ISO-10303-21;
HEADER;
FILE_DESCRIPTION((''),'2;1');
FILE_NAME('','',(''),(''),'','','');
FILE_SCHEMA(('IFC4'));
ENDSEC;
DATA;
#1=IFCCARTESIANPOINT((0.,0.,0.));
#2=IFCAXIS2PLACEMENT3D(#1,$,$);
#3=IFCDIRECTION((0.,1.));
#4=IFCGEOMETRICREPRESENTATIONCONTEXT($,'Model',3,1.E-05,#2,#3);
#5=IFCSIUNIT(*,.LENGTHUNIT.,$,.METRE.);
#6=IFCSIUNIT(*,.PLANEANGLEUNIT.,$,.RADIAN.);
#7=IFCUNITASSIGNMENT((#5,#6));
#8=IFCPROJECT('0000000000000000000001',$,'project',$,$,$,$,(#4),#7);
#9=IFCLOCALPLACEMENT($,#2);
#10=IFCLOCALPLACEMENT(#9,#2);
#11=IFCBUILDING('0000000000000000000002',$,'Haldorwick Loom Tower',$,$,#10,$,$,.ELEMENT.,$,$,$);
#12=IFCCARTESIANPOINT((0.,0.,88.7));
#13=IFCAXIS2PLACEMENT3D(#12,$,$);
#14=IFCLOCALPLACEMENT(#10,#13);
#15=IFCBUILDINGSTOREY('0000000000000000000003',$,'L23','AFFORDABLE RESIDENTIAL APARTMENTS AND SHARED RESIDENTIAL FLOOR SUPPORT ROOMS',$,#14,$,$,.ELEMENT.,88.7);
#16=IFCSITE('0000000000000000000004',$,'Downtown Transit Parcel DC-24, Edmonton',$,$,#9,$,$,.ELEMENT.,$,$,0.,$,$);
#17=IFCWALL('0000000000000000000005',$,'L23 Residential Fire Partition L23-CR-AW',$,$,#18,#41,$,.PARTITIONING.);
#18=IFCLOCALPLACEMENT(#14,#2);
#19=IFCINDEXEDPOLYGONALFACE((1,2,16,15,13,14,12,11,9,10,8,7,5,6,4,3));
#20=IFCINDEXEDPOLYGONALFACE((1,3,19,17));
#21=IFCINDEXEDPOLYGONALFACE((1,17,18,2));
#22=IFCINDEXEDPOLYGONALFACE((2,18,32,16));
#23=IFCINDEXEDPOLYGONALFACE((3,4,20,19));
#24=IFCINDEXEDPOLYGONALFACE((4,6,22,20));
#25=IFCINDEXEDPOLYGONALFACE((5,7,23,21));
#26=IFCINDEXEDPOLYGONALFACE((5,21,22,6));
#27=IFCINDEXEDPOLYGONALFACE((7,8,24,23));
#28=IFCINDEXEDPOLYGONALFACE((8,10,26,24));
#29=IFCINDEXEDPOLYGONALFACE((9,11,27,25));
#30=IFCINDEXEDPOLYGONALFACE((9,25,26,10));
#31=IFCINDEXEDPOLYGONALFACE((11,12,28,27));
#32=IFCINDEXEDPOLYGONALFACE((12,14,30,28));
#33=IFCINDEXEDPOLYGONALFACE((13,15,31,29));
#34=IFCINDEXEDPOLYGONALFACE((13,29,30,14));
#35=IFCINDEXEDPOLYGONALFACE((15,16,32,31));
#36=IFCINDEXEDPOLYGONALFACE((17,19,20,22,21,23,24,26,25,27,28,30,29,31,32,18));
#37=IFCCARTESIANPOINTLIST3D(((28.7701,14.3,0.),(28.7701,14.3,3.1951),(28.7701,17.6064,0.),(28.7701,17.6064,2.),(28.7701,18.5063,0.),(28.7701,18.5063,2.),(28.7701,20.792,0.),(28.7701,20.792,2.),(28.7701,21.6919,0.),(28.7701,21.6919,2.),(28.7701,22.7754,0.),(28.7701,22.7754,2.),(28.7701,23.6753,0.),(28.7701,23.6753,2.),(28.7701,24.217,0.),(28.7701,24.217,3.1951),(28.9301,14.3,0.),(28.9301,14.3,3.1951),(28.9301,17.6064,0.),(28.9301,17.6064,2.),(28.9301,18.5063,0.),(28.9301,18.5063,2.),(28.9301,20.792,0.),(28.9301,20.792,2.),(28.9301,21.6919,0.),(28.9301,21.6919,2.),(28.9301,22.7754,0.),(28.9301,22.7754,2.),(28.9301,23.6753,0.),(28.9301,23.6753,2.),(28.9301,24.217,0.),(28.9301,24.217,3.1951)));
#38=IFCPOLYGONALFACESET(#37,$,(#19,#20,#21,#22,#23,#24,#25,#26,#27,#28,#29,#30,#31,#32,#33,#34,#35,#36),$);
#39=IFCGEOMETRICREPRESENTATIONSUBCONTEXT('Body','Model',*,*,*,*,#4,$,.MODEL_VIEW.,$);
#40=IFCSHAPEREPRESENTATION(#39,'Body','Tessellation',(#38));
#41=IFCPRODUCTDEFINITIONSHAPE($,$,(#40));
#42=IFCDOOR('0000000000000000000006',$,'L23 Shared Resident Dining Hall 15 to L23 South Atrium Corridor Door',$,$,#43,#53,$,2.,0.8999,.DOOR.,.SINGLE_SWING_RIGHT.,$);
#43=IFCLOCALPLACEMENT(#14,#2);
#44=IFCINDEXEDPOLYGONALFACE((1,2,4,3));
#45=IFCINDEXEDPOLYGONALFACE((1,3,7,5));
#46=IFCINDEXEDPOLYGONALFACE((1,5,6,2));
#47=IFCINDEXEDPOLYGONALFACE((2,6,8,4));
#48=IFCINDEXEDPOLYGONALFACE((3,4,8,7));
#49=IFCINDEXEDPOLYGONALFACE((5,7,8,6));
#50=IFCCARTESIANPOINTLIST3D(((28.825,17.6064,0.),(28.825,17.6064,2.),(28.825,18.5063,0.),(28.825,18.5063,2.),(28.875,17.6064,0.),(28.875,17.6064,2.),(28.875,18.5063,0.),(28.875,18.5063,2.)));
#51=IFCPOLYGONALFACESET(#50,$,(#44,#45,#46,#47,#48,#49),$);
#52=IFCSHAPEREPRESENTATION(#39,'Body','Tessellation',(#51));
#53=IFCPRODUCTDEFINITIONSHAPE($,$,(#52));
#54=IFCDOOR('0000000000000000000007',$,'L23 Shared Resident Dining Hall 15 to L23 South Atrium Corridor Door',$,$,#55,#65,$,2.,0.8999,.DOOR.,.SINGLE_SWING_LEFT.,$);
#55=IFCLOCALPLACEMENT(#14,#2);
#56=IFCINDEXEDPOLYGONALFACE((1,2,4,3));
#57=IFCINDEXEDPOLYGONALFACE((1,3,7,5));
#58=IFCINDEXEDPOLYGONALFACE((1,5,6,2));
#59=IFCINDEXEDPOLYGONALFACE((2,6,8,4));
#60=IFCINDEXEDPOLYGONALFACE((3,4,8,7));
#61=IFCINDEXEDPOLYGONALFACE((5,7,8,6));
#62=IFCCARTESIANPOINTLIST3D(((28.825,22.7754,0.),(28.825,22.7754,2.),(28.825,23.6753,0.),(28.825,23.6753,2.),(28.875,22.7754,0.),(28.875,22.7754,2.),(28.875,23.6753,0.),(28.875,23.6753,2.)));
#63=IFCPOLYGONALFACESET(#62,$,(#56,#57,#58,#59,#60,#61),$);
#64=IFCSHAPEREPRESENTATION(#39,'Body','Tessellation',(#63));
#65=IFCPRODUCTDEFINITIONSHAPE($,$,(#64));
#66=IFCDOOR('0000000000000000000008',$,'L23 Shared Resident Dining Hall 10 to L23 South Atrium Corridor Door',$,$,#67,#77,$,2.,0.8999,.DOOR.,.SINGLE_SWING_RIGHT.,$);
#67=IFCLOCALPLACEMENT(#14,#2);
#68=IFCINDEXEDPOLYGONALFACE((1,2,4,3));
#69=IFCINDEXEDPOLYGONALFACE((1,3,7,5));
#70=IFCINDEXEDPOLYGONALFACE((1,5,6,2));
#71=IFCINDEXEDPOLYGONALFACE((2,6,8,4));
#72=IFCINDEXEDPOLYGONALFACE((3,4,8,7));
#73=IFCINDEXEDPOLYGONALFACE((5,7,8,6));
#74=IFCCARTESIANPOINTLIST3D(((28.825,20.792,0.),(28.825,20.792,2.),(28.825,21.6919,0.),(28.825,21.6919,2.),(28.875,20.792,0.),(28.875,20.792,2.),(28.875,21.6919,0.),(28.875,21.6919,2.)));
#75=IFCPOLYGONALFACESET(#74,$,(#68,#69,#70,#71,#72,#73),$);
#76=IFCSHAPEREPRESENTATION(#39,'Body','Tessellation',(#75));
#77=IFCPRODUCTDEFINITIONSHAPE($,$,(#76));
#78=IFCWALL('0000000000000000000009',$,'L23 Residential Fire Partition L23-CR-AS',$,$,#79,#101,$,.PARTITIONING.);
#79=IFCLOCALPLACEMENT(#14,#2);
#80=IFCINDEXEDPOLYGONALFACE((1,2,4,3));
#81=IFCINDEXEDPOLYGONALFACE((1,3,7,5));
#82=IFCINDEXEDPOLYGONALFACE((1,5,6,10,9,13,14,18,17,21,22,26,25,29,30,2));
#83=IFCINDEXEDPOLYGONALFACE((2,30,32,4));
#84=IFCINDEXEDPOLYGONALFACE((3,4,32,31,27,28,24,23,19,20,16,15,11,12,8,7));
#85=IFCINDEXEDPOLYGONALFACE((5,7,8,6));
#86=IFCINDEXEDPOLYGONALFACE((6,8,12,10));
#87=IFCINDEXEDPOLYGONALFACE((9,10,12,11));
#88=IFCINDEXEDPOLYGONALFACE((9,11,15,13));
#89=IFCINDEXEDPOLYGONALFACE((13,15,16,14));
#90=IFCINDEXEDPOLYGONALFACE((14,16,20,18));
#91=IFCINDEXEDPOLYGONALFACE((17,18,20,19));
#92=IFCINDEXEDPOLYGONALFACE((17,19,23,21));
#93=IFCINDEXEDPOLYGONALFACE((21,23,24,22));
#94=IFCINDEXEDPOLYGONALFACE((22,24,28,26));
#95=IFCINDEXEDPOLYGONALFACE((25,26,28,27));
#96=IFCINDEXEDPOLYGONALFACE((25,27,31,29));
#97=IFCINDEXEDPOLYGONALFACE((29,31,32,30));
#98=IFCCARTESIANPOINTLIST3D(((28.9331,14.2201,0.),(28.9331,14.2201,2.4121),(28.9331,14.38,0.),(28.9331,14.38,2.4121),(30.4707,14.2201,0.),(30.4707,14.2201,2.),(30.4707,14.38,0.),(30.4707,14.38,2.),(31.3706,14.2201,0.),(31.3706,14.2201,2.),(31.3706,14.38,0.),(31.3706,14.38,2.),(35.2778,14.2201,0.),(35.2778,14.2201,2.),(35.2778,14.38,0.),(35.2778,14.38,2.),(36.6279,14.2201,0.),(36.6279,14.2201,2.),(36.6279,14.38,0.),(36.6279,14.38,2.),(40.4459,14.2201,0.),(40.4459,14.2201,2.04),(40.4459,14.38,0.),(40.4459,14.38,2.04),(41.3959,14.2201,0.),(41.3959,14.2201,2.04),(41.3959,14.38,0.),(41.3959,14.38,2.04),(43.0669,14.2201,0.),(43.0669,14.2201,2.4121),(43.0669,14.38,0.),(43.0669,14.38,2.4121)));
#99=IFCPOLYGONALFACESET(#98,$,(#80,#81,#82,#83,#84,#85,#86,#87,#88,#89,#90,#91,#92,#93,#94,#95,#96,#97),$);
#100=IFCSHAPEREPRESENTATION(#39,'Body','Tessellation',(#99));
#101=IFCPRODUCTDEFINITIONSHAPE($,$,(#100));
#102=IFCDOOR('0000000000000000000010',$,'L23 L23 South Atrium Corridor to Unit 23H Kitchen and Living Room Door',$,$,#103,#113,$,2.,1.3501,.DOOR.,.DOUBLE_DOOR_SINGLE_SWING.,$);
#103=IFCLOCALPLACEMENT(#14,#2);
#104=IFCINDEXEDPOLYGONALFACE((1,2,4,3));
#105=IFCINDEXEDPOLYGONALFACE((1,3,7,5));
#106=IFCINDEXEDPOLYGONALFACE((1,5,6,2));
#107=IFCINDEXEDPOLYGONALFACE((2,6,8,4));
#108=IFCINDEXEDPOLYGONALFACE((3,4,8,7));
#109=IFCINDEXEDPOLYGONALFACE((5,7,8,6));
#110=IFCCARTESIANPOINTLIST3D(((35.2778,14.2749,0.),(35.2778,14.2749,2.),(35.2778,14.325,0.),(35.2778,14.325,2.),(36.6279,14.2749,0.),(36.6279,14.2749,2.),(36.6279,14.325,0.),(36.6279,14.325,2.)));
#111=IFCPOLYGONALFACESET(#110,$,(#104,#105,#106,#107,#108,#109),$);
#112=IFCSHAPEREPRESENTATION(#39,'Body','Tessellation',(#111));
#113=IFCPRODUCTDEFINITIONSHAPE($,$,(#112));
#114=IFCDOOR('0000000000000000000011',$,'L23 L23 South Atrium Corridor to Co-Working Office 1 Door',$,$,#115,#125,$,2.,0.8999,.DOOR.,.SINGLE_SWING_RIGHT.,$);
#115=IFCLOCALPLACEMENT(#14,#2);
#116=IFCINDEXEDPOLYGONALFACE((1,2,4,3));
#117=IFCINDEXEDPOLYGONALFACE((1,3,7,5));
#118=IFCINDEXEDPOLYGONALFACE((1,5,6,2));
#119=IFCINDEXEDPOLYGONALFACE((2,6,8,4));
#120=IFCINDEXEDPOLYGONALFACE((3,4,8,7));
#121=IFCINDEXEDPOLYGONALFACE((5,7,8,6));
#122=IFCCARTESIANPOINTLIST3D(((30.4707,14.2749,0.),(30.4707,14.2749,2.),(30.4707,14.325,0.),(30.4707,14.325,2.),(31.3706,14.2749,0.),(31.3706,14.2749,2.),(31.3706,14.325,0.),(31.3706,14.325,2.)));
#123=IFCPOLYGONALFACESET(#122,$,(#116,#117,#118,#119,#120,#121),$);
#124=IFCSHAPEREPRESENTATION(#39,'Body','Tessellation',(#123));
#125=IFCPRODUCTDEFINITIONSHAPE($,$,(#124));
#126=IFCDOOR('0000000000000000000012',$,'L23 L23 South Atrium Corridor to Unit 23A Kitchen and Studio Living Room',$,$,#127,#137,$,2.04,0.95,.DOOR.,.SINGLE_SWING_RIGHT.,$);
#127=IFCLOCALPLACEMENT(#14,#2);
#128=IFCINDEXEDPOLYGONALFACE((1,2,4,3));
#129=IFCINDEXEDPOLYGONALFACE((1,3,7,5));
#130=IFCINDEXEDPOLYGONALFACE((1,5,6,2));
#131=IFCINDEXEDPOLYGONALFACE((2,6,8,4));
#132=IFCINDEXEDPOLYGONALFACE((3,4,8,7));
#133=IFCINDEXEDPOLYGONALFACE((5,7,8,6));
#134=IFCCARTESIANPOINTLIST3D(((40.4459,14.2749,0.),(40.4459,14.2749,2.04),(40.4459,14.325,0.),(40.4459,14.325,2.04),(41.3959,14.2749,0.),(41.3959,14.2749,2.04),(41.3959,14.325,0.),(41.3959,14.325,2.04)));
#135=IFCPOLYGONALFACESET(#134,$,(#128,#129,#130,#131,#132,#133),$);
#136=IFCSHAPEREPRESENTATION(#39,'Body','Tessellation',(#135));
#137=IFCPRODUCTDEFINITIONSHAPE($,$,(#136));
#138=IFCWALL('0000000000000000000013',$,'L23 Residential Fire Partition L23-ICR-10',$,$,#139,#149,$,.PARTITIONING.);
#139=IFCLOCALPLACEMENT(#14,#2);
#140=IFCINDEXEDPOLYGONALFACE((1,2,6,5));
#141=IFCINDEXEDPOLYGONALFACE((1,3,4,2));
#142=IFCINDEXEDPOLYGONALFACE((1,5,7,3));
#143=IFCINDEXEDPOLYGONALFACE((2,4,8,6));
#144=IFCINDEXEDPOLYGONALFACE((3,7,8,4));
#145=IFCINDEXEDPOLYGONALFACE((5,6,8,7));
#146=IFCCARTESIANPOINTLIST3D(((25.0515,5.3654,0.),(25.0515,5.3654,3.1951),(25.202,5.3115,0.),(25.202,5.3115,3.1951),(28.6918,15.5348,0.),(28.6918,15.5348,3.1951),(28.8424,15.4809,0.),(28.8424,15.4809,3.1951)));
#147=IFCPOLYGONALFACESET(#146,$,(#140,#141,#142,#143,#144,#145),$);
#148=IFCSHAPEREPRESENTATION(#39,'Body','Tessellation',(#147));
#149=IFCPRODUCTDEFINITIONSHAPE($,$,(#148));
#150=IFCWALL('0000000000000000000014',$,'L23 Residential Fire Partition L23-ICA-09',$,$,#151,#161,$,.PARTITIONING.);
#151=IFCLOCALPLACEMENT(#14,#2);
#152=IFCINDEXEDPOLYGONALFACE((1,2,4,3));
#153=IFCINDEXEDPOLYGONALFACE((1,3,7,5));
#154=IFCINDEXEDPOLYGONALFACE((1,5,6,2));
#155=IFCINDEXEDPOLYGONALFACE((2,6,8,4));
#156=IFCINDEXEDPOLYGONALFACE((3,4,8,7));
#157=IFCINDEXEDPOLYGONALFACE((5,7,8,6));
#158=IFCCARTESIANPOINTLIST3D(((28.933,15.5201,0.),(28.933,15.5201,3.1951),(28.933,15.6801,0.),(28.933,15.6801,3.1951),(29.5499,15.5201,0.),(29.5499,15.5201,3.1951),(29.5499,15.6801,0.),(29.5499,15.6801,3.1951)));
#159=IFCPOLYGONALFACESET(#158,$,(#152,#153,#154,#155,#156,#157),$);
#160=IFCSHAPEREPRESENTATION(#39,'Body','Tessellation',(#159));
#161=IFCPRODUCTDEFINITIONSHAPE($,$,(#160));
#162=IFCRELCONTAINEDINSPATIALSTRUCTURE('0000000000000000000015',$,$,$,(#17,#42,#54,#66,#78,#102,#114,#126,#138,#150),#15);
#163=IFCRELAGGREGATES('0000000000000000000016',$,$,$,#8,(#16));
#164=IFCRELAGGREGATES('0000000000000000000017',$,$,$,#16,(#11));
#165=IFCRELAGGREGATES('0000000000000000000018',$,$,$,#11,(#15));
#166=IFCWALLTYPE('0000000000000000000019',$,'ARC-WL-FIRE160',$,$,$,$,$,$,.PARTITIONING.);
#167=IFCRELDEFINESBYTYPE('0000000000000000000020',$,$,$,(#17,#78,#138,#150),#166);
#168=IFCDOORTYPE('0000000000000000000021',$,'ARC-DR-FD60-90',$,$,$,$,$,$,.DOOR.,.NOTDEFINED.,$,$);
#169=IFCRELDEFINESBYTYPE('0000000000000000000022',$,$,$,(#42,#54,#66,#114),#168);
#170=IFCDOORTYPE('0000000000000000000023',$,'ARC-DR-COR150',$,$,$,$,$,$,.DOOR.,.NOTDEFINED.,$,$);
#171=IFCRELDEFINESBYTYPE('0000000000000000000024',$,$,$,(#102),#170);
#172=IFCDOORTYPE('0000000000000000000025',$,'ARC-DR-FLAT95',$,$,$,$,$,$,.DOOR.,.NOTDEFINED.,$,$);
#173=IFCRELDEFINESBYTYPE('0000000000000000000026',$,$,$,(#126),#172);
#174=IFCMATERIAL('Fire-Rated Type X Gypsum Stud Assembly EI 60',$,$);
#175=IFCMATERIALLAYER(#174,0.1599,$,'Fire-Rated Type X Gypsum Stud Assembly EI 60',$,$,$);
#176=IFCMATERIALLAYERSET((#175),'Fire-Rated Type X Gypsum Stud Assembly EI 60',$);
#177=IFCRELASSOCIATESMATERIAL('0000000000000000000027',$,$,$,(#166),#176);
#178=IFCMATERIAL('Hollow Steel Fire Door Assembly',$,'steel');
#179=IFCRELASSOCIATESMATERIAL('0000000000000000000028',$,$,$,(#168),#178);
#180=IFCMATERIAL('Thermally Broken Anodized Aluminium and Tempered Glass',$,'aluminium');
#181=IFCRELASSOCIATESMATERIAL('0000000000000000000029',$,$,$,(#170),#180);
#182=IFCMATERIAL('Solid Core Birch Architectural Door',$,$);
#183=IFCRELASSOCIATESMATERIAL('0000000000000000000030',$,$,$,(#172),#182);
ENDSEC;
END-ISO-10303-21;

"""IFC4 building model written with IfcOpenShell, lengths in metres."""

from ifc_helpers import new_model, si_unit, direction, frame, frame_2d, origin, place, context, subcontext, project, spatial, rectangle, extrude, material, layer, layer_set, type_object, element, fill, save


model = new_model("IFC4")

# Units and contexts
model_context = context("Model", 3, precision=1e-05, world=origin(), true_north=direction((0.0, 1.0)))
body_context = subcontext(model_context, "Body", "Model", "MODEL_VIEW")
ifc_project = project(units=[si_unit("LENGTHUNIT", "METRE"), si_unit("PLANEANGLEUNIT", "RADIAN")], contexts=[model_context])

# Site, building, storey
site_placement = place(None, origin())
site = spatial("IfcSite", under=ifc_project, at=site_placement, Name="Downtown Transit Parcel DC-24, Edmonton", CompositionType="ELEMENT", RefElevation=0.0)
building_placement = place(site_placement, origin())
building = spatial("IfcBuilding", under=site, at=building_placement, Name="Haldorwick Loom Tower", CompositionType="ELEMENT")
storey_placement = place(building_placement, frame((0.0, 0.0, 88.7)))
storey = spatial("IfcBuildingStorey", under=building, at=storey_placement, Name="L23", Description="AFFORDABLE RESIDENTIAL APARTMENTS AND SHARED RESIDENTIAL FLOOR SUPPORT ROOMS", CompositionType="ELEMENT", Elevation=88.7)

# Walls, openings, doors
ifc_material_1 = material(Name="Fire-Rated Type X Gypsum Stud Assembly EI 60")
ifc_layer_1 = layer(ifc_material_1, 0.1599, Name="Fire-Rated Type X Gypsum Stud Assembly EI 60")
ifc_layer_set_1 = layer_set([ifc_layer_1], Name="Fire-Rated Type X Gypsum Stud Assembly EI 60")
wall_type_1 = type_object("IfcWallType", Name="ARC-WL-FIRE160", PredefinedType="PARTITIONING", material=ifc_layer_set_1)
wall_1_placement = place(storey_placement, frame((28.8501, 14.3, 0.0), z_axis=(0.0, 0.0, 1.0), x_axis=(0.0, 1.0, 0.0)))
wall_1 = element("IfcWall", 1, at=wall_1_placement, inside=storey, type_object=wall_type_1, Name="L23 Residential Fire Partition L23-CR-AW", PredefinedType="PARTITIONING", context=body_context, shape_type="SweptSolid", body=[
    extrude(rectangle(XDim=9.917, YDim=0.1599, at=frame_2d((4.9585, 0.0))), origin(), (0.0, 0.0, 1.0), 3.1951),
])
opening_1_placement = place(wall_1_placement, frame((3.3064, 0.0, 0.0)))
opening_1 = element("IfcOpeningElement", 2, at=opening_1_placement, cuts=wall_1, PredefinedType="OPENING", context=body_context, shape_type="SweptSolid", body=[
    extrude(rectangle(XDim=0.8999, YDim=2.0, at=frame_2d((0.45, 1.0))), frame((0.0, 0.0898, 0.0), z_axis=(0.0, -1.0, 0.0), x_axis=(1.0, 0.0, 0.0)), (0.0, 0.0, 1.0), 0.1799),
])
opening_2_placement = place(wall_1_placement, frame((8.4753, 0.0, 0.0)))
opening_2 = element("IfcOpeningElement", 3, at=opening_2_placement, cuts=wall_1, PredefinedType="OPENING", context=body_context, shape_type="SweptSolid", body=[
    extrude(rectangle(XDim=0.8999, YDim=2.0, at=frame_2d((0.45, 1.0))), frame((0.0, 0.0898, 0.0), z_axis=(0.0, -1.0, 0.0), x_axis=(1.0, 0.0, 0.0)), (0.0, 0.0, 1.0), 0.1799),
])
opening_3_placement = place(wall_1_placement, frame((6.4919, 0.0, 0.0)))
opening_3 = element("IfcOpeningElement", 4, at=opening_3_placement, cuts=wall_1, PredefinedType="OPENING", context=body_context, shape_type="SweptSolid", body=[
    extrude(rectangle(XDim=0.8999, YDim=2.0, at=frame_2d((0.45, 1.0))), frame((0.0, 0.0898, 0.0), z_axis=(0.0, -1.0, 0.0), x_axis=(1.0, 0.0, 0.0)), (0.0, 0.0, 1.0), 0.1799),
])
ifc_material_2 = material(Name="Hollow Steel Fire Door Assembly", Category="steel")
door_type_1 = type_object("IfcDoorType", Name="ARC-DR-FD60-90", OperationType="NOTDEFINED", PredefinedType="DOOR", material=ifc_material_2)
door_1_placement = place(opening_1_placement, frame((0.8999, 0.0, 0.0), z_axis=(0.0, 0.0, 1.0), x_axis=(-1.0, 0.0, 0.0)))
door_1 = element("IfcDoor", 5, at=door_1_placement, inside=storey, type_object=door_type_1, Name="L23 Shared Resident Dining Hall 15 to L23 South Atrium Corridor Door", OperationType="SINGLE_SWING_RIGHT", OverallHeight=2.0, OverallWidth=0.8999, PredefinedType="DOOR", context=body_context, shape_type="SweptSolid", body=[
    extrude(rectangle(XDim=0.8999, YDim=2.0, at=frame_2d((0.45, 1.0))), frame((0.0, 0.0249, 0.0), z_axis=(0.0, -1.0, 0.0), x_axis=(1.0, 0.0, 0.0)), (0.0, 0.0, 1.0), 0.05),
])
fill(opening_1, door_1)
door_2_placement = place(opening_2_placement, frame((0.8999, 0.0, 0.0), z_axis=(0.0, 0.0, 1.0), x_axis=(-1.0, 0.0, 0.0)))
door_2 = element("IfcDoor", 6, at=door_2_placement, inside=storey, type_object=door_type_1, Name="L23 Shared Resident Dining Hall 15 to L23 South Atrium Corridor Door", OperationType="SINGLE_SWING_LEFT", OverallHeight=2.0, OverallWidth=0.8999, PredefinedType="DOOR", context=body_context, shape_type="SweptSolid", body=[
    extrude(rectangle(XDim=0.8999, YDim=2.0, at=frame_2d((0.45, 1.0))), frame((0.0, 0.0249, 0.0), z_axis=(0.0, -1.0, 0.0), x_axis=(1.0, 0.0, 0.0)), (0.0, 0.0, 1.0), 0.05),
])
fill(opening_2, door_2)
door_3_placement = place(opening_3_placement, frame((0.8999, 0.0, 0.0), z_axis=(0.0, 0.0, 1.0), x_axis=(-1.0, 0.0, 0.0)))
door_3 = element("IfcDoor", 7, at=door_3_placement, inside=storey, type_object=door_type_1, Name="L23 Shared Resident Dining Hall 10 to L23 South Atrium Corridor Door", OperationType="SINGLE_SWING_RIGHT", OverallHeight=2.0, OverallWidth=0.8999, PredefinedType="DOOR", context=body_context, shape_type="SweptSolid", body=[
    extrude(rectangle(XDim=0.8999, YDim=2.0, at=frame_2d((0.45, 1.0))), frame((0.0, 0.0249, 0.0), z_axis=(0.0, -1.0, 0.0), x_axis=(1.0, 0.0, 0.0)), (0.0, 0.0, 1.0), 0.05),
])
fill(opening_3, door_3)
wall_2_placement = place(storey_placement, frame((28.9331, 14.3, 0.0), z_axis=(0.0, 0.0, 1.0), x_axis=(1.0, 0.0, 0.0)))
wall_2 = element("IfcWall", 8, at=wall_2_placement, inside=storey, type_object=wall_type_1, Name="L23 Residential Fire Partition L23-CR-AS", PredefinedType="PARTITIONING", context=body_context, shape_type="SweptSolid", body=[
    extrude(rectangle(XDim=14.1338, YDim=0.1599, at=frame_2d((7.0669, 0.0))), origin(), (0.0, 0.0, 1.0), 2.4121),
])
opening_4_placement = place(wall_2_placement, frame((6.3447, 0.0, 0.0)))
opening_4 = element("IfcOpeningElement", 9, at=opening_4_placement, cuts=wall_2, PredefinedType="OPENING", context=body_context, shape_type="SweptSolid", body=[
    extrude(rectangle(XDim=1.3501, YDim=2.0, at=frame_2d((0.675, 1.0))), frame((0.0, 0.0898, 0.0), z_axis=(0.0, -1.0, 0.0), x_axis=(1.0, 0.0, 0.0)), (0.0, 0.0, 1.0), 0.1799),
])
opening_5_placement = place(wall_2_placement, frame((11.5127, 0.0, 0.0)))
opening_5 = element("IfcOpeningElement", 10, at=opening_5_placement, cuts=wall_2, PredefinedType="OPENING", context=body_context, shape_type="SweptSolid", body=[
    extrude(rectangle(XDim=0.95, YDim=2.04, at=frame_2d((0.4751, 1.02))), frame((0.0, 0.0898, 0.0), z_axis=(0.0, -1.0, 0.0), x_axis=(1.0, 0.0, 0.0)), (0.0, 0.0, 1.0), 0.1799),
])
opening_6_placement = place(wall_2_placement, frame((1.5376, 0.0, 0.0)))
opening_6 = element("IfcOpeningElement", 11, at=opening_6_placement, cuts=wall_2, PredefinedType="OPENING", context=body_context, shape_type="SweptSolid", body=[
    extrude(rectangle(XDim=0.8999, YDim=2.0, at=frame_2d((0.45, 1.0))), frame((0.0, 0.0898, 0.0), z_axis=(0.0, -1.0, 0.0), x_axis=(1.0, 0.0, 0.0)), (0.0, 0.0, 1.0), 0.1799),
])
ifc_material_3 = material(Name="Thermally Broken Anodized Aluminium and Tempered Glass", Category="aluminium")
door_type_2 = type_object("IfcDoorType", Name="ARC-DR-COR150", OperationType="NOTDEFINED", PredefinedType="DOOR", material=ifc_material_3)
door_4_placement = place(opening_4_placement, origin())
door_4 = element("IfcDoor", 12, at=door_4_placement, inside=storey, type_object=door_type_2, Name="L23 L23 South Atrium Corridor to Unit 23H Kitchen and Living Room Door", OperationType="DOUBLE_DOOR_SINGLE_SWING", OverallHeight=2.0, OverallWidth=1.3501, PredefinedType="DOOR", context=body_context, shape_type="SweptSolid", body=[
    extrude(rectangle(XDim=1.3501, YDim=2.0, at=frame_2d((0.675, 1.0))), frame((0.0, 0.0249, 0.0), z_axis=(0.0, -1.0, 0.0), x_axis=(1.0, 0.0, 0.0)), (0.0, 0.0, 1.0), 0.05),
])
fill(opening_4, door_4)
door_5_placement = place(opening_6_placement, origin())
door_5 = element("IfcDoor", 13, at=door_5_placement, inside=storey, type_object=door_type_1, Name="L23 L23 South Atrium Corridor to Co-Working Office 1 Door", OperationType="SINGLE_SWING_RIGHT", OverallHeight=2.0, OverallWidth=0.8999, PredefinedType="DOOR", context=body_context, shape_type="SweptSolid", body=[
    extrude(rectangle(XDim=0.8999, YDim=2.0, at=frame_2d((0.45, 1.0))), frame((0.0, 0.0249, 0.0), z_axis=(0.0, -1.0, 0.0), x_axis=(1.0, 0.0, 0.0)), (0.0, 0.0, 1.0), 0.05),
])
fill(opening_6, door_5)
ifc_material_4 = material(Name="Solid Core Birch Architectural Door")
door_type_3 = type_object("IfcDoorType", Name="ARC-DR-FLAT95", OperationType="NOTDEFINED", PredefinedType="DOOR", material=ifc_material_4)
door_6_placement = place(opening_5_placement, origin())
door_6 = element("IfcDoor", 14, at=door_6_placement, inside=storey, type_object=door_type_3, Name="L23 L23 South Atrium Corridor to Unit 23A Kitchen and Studio Living Room", OperationType="SINGLE_SWING_RIGHT", OverallHeight=2.04, OverallWidth=0.95, PredefinedType="DOOR", context=body_context, shape_type="SweptSolid", body=[
    extrude(rectangle(XDim=0.95, YDim=2.04, at=frame_2d((0.4751, 1.02))), frame((0.0, 0.0249, 0.0), z_axis=(0.0, -1.0, 0.0), x_axis=(1.0, 0.0, 0.0)), (0.0, 0.0, 1.0), 0.05),
])
fill(opening_5, door_6)

# Walls
wall_3_placement = place(storey_placement, frame((28.7671, 15.5078, 0.0), z_axis=(0.0, 0.0, 1.0), x_axis=(-0.337029, -0.941494, 0.0)))
element("IfcWall", 15, at=wall_3_placement, inside=storey, type_object=wall_type_1, Name="L23 Residential Fire Partition L23-ICR-10", PredefinedType="PARTITIONING", context=body_context, shape_type="SweptSolid", body=[
    extrude(rectangle(XDim=10.8013, YDim=0.1599, at=frame_2d((5.4006, 0.0))), origin(), (0.0, 0.0, 1.0), 3.1951),
])
wall_4_placement = place(storey_placement, frame((29.55, 15.6001, 0.0), z_axis=(0.0, 0.0, 1.0), x_axis=(-1.0, 0.0, 0.0)))
element("IfcWall", 16, at=wall_4_placement, inside=storey, type_object=wall_type_1, Name="L23 Residential Fire Partition L23-ICA-09", PredefinedType="PARTITIONING", context=body_context, shape_type="SweptSolid", body=[
    extrude(rectangle(XDim=0.6169, YDim=0.1599, at=frame_2d((0.3086, 0.0))), origin(), (0.0, 0.0, 1.0), 3.1951),
])

save(model, "model.ifc")
